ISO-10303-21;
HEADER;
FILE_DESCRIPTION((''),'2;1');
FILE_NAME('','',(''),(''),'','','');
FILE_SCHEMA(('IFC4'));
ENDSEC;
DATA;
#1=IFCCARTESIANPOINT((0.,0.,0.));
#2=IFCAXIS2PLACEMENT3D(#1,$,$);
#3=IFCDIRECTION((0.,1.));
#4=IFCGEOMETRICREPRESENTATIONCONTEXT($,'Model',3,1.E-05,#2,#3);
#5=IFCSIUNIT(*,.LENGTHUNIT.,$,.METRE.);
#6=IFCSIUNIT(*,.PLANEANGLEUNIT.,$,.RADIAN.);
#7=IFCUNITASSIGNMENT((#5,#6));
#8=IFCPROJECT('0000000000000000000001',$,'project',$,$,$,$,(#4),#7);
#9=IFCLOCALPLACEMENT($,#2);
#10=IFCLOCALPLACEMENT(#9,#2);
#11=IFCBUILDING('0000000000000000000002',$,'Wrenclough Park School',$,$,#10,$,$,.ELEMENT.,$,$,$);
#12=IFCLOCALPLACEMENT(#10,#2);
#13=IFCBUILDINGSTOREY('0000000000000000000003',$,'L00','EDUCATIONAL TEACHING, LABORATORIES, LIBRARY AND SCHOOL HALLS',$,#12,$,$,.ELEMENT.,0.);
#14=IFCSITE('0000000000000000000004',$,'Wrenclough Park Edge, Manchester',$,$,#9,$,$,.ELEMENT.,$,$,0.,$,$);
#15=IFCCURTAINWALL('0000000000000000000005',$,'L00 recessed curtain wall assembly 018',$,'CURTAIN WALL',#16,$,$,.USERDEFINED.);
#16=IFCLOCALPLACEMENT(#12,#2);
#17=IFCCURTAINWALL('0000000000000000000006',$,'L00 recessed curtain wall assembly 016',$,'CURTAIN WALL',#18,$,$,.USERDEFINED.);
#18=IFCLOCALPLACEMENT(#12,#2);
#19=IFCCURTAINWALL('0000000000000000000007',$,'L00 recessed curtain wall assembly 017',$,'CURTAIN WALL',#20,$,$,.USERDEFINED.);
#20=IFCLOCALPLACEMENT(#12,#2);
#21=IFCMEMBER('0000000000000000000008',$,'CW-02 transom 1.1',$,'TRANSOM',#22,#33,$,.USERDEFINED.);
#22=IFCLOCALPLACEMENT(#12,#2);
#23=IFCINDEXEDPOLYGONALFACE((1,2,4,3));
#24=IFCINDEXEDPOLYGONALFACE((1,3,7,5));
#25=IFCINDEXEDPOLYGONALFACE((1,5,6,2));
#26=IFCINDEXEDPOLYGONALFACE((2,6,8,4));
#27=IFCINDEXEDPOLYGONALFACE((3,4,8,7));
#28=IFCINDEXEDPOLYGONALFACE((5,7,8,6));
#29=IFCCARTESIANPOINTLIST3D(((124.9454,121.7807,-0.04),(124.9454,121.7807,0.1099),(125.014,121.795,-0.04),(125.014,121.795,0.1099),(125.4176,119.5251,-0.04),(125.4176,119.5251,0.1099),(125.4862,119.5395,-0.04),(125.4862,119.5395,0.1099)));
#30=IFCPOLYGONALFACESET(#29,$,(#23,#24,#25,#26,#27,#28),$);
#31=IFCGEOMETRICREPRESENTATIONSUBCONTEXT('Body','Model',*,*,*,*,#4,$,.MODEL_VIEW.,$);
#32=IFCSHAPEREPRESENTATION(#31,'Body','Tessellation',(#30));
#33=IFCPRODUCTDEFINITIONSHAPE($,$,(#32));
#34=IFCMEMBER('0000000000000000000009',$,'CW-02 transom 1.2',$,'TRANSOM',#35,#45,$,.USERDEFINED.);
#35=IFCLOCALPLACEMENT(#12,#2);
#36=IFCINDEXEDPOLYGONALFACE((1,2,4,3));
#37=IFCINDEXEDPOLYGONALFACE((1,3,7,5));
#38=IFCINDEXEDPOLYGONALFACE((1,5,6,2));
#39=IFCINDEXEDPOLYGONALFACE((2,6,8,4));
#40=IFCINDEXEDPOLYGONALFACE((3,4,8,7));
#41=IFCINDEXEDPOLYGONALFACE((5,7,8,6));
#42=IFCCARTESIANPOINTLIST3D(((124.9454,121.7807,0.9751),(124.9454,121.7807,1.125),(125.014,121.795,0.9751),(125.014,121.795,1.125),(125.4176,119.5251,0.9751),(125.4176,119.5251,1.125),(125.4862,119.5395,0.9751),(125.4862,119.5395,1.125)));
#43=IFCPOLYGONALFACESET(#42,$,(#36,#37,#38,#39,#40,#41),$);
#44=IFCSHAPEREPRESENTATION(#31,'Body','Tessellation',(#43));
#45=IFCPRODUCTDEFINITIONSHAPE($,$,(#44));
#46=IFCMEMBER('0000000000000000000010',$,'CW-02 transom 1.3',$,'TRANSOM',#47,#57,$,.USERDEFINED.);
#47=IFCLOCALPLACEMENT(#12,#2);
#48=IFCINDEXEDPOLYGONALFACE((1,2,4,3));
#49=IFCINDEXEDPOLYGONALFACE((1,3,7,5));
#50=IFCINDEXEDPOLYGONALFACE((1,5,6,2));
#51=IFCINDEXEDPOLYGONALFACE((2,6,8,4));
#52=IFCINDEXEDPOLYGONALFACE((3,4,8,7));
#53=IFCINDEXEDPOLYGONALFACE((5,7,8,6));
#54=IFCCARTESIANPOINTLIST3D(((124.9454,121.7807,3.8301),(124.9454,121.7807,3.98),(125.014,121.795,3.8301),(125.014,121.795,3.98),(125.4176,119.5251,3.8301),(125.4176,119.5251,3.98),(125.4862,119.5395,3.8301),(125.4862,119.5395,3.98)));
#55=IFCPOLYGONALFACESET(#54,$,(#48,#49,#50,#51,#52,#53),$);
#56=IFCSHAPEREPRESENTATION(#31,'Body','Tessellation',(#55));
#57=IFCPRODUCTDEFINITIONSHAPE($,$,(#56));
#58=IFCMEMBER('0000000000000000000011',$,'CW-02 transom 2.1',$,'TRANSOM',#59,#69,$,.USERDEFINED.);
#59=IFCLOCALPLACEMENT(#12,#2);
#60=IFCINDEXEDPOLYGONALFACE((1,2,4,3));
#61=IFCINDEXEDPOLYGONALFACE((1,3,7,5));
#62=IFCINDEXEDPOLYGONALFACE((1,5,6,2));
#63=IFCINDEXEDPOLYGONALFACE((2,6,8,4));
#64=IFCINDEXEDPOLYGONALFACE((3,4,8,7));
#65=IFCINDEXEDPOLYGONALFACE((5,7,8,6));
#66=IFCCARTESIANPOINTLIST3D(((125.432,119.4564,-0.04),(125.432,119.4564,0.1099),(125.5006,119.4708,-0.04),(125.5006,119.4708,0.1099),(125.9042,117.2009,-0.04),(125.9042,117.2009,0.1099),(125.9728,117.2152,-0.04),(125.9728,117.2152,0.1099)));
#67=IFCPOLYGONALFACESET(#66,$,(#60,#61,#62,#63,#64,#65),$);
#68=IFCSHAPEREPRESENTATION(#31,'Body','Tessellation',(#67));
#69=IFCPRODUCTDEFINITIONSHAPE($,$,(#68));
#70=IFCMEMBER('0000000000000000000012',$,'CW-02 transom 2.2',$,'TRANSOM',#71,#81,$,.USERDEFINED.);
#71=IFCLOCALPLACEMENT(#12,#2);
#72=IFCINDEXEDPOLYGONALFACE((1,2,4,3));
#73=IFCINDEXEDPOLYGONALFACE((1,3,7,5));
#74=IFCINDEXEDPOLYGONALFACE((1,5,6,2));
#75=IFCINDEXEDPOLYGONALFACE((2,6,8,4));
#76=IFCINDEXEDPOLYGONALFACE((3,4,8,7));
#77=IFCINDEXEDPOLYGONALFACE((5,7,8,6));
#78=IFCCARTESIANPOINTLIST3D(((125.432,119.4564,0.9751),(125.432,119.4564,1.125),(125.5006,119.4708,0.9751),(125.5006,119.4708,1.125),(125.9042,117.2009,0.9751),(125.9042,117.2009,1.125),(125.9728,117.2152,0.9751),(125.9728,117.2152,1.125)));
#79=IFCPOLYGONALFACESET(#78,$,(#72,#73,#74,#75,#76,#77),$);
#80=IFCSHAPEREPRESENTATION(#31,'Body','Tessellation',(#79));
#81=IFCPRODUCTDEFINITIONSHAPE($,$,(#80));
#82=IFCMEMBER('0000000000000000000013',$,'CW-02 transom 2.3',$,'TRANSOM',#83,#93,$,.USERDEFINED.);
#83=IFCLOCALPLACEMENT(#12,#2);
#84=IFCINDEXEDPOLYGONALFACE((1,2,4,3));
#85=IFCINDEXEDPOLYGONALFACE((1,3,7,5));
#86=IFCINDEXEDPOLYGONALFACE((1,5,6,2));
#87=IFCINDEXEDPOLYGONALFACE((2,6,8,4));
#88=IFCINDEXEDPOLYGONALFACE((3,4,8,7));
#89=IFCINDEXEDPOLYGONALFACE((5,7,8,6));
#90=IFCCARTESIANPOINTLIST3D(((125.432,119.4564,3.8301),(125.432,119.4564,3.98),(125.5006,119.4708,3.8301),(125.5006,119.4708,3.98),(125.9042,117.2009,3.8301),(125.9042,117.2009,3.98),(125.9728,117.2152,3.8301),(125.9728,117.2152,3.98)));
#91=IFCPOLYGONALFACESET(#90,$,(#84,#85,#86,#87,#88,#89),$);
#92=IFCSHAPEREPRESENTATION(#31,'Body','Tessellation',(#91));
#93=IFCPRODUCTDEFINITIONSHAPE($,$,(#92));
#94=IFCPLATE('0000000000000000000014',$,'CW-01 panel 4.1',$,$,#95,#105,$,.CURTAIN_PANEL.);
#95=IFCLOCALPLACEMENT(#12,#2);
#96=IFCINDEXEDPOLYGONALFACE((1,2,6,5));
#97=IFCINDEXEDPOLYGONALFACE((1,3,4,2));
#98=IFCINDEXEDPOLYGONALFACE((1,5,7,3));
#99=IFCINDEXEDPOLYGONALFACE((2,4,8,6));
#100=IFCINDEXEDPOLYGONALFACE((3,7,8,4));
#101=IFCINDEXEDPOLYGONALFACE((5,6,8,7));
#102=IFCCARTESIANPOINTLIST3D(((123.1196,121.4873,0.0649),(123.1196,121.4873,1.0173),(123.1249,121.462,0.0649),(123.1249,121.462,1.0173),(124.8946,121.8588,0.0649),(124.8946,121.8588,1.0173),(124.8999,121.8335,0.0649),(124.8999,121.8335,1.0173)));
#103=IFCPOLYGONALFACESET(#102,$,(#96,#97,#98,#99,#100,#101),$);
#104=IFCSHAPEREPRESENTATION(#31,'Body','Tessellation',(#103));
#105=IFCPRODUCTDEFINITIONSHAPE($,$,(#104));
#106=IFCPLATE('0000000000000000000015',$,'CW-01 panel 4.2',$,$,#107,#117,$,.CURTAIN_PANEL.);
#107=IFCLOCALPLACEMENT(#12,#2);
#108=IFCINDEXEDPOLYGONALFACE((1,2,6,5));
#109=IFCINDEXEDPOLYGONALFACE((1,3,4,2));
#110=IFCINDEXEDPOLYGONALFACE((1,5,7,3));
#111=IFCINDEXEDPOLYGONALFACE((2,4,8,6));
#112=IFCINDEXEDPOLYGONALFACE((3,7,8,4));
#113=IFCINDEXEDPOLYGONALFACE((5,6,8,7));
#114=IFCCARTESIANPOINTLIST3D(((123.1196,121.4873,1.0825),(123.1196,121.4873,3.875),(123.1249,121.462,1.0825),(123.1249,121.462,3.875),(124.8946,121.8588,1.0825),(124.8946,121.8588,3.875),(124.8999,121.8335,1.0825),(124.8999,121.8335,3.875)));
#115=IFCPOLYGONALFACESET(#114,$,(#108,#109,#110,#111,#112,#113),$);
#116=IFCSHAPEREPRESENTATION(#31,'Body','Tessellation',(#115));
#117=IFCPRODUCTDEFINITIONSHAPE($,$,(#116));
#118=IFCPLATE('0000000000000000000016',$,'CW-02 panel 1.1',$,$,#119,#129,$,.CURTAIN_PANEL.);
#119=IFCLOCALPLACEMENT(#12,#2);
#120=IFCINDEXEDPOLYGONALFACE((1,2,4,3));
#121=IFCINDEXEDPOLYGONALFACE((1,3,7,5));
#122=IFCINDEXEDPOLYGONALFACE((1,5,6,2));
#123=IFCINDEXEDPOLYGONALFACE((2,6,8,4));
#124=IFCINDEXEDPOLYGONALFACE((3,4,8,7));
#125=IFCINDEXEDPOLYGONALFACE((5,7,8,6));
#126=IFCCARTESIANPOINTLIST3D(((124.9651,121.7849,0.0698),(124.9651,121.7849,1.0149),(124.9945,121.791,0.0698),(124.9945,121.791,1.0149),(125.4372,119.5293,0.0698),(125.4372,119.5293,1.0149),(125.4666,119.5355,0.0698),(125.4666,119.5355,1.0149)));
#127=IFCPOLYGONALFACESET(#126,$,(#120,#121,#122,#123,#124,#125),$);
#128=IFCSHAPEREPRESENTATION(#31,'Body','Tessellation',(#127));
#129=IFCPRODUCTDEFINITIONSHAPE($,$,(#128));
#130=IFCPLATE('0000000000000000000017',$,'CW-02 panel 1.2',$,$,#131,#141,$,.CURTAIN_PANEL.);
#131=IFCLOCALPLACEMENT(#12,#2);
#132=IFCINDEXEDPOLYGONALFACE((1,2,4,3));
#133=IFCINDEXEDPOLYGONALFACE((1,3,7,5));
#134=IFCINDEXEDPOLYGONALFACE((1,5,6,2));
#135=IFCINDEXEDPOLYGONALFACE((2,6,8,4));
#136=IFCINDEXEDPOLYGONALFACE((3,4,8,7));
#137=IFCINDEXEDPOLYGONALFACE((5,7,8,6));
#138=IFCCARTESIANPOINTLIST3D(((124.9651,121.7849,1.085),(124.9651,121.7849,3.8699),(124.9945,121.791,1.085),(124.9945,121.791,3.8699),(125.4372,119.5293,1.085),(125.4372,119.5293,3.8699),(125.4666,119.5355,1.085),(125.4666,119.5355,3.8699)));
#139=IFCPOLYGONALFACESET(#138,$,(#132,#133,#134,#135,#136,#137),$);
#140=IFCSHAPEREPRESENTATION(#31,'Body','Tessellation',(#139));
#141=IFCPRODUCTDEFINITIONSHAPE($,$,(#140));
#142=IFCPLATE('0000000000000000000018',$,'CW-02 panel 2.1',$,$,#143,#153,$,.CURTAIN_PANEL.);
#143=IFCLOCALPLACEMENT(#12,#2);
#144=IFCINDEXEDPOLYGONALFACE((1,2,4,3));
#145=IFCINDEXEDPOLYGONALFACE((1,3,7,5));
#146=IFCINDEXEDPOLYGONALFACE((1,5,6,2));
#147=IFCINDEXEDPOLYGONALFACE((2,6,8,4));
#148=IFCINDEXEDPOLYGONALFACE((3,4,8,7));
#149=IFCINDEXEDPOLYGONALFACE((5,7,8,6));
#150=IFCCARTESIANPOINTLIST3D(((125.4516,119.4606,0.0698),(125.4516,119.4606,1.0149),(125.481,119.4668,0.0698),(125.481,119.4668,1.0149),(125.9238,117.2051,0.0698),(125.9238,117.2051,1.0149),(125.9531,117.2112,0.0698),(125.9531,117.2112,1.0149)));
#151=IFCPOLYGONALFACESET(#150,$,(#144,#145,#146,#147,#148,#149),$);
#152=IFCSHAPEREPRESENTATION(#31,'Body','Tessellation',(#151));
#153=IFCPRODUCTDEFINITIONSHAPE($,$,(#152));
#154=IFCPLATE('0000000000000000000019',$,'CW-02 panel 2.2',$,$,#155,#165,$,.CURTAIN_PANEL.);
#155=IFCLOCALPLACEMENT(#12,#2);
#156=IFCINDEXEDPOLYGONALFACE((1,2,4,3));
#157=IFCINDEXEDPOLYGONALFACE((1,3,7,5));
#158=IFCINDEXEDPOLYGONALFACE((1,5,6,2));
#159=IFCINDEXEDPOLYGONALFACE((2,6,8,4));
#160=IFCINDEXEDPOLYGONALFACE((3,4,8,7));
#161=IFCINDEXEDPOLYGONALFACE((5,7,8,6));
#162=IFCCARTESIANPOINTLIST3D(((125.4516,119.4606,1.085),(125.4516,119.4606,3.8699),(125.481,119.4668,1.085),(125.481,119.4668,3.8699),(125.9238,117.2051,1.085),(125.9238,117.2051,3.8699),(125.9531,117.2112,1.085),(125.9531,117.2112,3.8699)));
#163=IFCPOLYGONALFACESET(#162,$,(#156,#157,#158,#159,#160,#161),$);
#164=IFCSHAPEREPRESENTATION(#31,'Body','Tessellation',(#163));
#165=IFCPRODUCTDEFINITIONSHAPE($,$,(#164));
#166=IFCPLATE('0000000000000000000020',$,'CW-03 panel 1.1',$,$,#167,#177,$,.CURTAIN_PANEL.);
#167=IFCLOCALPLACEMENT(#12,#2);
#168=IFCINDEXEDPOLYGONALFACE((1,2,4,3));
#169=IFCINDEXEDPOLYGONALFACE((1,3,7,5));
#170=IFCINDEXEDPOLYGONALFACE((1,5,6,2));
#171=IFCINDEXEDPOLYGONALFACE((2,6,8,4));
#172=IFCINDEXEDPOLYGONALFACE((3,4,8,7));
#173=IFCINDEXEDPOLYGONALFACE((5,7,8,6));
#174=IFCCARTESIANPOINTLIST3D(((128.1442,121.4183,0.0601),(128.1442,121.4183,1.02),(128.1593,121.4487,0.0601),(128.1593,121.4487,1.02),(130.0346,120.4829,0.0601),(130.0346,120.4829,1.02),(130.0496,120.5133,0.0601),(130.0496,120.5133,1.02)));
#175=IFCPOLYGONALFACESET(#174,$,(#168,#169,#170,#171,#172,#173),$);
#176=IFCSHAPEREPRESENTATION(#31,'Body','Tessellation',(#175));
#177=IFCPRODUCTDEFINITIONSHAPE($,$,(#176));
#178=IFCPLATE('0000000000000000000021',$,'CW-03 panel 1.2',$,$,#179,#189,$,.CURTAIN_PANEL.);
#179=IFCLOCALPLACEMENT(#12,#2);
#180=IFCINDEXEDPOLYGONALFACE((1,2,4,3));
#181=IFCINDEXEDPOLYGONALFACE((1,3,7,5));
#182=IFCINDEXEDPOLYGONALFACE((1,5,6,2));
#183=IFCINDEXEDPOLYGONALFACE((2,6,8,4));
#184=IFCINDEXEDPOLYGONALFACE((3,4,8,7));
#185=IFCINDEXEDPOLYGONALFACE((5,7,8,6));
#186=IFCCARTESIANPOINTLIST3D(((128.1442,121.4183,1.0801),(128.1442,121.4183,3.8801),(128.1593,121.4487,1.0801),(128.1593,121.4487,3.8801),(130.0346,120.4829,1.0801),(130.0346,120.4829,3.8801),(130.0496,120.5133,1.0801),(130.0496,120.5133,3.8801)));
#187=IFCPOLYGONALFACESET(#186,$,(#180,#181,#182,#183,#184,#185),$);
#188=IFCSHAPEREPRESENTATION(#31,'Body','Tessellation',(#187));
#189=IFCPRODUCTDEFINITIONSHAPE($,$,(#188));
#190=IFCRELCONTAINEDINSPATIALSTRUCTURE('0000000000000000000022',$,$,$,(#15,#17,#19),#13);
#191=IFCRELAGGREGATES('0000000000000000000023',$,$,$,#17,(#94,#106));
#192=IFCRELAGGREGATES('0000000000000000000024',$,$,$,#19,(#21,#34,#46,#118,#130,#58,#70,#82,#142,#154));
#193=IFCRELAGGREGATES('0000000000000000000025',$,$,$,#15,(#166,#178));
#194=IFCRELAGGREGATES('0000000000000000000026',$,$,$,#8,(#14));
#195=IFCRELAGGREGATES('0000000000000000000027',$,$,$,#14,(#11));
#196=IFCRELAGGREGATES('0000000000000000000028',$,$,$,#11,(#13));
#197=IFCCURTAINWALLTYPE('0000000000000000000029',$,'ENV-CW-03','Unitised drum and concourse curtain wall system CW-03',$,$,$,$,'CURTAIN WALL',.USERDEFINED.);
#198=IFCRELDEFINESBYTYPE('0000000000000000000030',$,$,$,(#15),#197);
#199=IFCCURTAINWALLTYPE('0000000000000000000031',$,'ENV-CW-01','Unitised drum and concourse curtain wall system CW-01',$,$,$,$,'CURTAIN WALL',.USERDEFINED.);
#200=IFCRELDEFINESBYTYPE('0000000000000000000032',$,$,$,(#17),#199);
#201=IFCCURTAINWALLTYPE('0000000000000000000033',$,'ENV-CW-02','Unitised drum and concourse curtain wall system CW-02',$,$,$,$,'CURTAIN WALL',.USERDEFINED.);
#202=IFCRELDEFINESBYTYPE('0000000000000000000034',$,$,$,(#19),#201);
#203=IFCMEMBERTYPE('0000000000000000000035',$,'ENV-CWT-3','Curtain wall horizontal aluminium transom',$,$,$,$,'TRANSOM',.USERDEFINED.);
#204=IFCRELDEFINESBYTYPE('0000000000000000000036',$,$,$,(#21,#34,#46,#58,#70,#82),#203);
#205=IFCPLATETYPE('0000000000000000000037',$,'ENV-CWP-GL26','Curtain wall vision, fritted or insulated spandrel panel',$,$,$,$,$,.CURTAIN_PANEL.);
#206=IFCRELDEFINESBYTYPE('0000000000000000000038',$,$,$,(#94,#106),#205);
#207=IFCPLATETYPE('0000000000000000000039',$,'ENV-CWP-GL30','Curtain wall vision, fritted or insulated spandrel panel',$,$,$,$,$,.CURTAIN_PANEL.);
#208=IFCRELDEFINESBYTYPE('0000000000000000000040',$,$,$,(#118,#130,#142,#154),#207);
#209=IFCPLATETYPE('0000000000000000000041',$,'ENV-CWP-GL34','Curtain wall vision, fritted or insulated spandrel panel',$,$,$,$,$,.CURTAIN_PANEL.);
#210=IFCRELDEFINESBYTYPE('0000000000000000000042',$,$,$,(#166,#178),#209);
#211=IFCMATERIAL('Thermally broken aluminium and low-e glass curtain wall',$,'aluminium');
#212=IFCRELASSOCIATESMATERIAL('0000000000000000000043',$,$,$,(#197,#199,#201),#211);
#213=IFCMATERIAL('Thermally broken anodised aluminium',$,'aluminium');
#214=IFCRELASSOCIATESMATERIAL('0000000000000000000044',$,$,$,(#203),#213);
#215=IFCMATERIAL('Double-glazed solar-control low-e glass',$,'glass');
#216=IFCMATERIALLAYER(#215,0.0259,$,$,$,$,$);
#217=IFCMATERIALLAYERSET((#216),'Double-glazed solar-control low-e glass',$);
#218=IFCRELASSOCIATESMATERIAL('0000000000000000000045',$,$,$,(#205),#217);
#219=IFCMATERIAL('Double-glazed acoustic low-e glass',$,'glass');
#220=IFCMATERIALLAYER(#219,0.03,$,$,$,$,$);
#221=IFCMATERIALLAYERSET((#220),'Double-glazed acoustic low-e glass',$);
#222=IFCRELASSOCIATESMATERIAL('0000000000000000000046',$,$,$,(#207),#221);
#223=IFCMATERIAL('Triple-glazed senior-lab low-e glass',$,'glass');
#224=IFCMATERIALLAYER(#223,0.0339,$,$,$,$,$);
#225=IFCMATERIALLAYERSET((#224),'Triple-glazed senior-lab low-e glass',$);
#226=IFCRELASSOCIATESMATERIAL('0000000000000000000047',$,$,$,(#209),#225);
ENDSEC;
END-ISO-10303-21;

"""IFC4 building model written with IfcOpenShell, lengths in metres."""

from ifc_helpers import new_model, si_unit, direction, frame, origin, origin_2d, place, context, subcontext, project, spatial, rectangle, extrude, material, layer, layer_set, material_profile, profile_set, type_object, element, aggregate, save


model = new_model("IFC4")

# Units and contexts
model_context = context("Model", 3, precision=1e-05, world=origin(), true_north=direction((0.0, 1.0)))
body_context = subcontext(model_context, "Body", "Model", "MODEL_VIEW")
ifc_project = project(units=[si_unit("LENGTHUNIT", "METRE"), si_unit("PLANEANGLEUNIT", "RADIAN")], contexts=[model_context])

# Site, building, storey
site_placement = place(None, origin())
site = spatial("IfcSite", under=ifc_project, at=site_placement, Name="Wrenclough Park Edge, Manchester", CompositionType="ELEMENT", RefElevation=0.0)
building_placement = place(site_placement, origin())
building = spatial("IfcBuilding", under=site, at=building_placement, Name="Wrenclough Park School", CompositionType="ELEMENT")
storey_placement = place(building_placement, origin())
storey = spatial("IfcBuildingStorey", under=building, at=storey_placement, Name="L00", Description="EDUCATIONAL TEACHING, LABORATORIES, LIBRARY AND SCHOOL HALLS", CompositionType="ELEMENT", Elevation=0.0)

# Curtain wall
ifc_material_1 = material(Name="Thermally broken aluminium and low-e glass curtain wall", Category="aluminium")
curtain_wall_type_1 = type_object("IfcCurtainWallType", Name="ENV-CW-03", Description="Unitised drum and concourse curtain wall system CW-03", ElementType="CURTAIN WALL", PredefinedType="USERDEFINED", material=ifc_material_1)
curtain_wall_1_placement = place(storey_placement, origin())
curtain_wall_1 = element("IfcCurtainWall", 1, at=curtain_wall_1_placement, inside=storey, type_object=curtain_wall_type_1, Name="L00 recessed curtain wall assembly 018", ObjectType="CURTAIN WALL", PredefinedType="USERDEFINED")
ifc_material_2 = material(Name="Thermally broken anodised aluminium", Category="aluminium")

# Curtain wall
curtain_wall_type_2 = type_object("IfcCurtainWallType", Name="ENV-CW-01", Description="Unitised drum and concourse curtain wall system CW-01", ElementType="CURTAIN WALL", PredefinedType="USERDEFINED", material=ifc_material_1)
curtain_wall_2_placement = place(storey_placement, origin())
curtain_wall_2 = element("IfcCurtainWall", 2, at=curtain_wall_2_placement, inside=storey, type_object=curtain_wall_type_2, Name="L00 recessed curtain wall assembly 016", ObjectType="CURTAIN WALL", PredefinedType="USERDEFINED")

# Curtain wall
curtain_wall_type_3 = type_object("IfcCurtainWallType", Name="ENV-CW-02", Description="Unitised drum and concourse curtain wall system CW-02", ElementType="CURTAIN WALL", PredefinedType="USERDEFINED", material=ifc_material_1)
curtain_wall_3_placement = place(storey_placement, origin())
curtain_wall_3 = element("IfcCurtainWall", 3, at=curtain_wall_3_placement, inside=storey, type_object=curtain_wall_type_3, Name="L00 recessed curtain wall assembly 017", ObjectType="CURTAIN WALL", PredefinedType="USERDEFINED")

# Members
ifc_material_profile_1 = material_profile(ifc_material_2, rectangle(XDim=0.0701, YDim=0.1499, at=origin_2d()), Name="AL TRANSOM 70x150")
ifc_profile_set_1 = profile_set([ifc_material_profile_1], Name="Thermally broken anodised aluminium")
member_type_1 = type_object("IfcMemberType", Name="ENV-CWT-3", Description="Curtain wall horizontal aluminium transom", ElementType="TRANSOM", PredefinedType="USERDEFINED", material=ifc_profile_set_1)
member_1_placement = place(storey_placement, frame((124.9797, 121.7878, 0.0349), z_axis=(0.204889, -0.978785, 0.0), x_axis=(0.978785, 0.204889, 0.0)))
member_1 = element("IfcMember", 4, at=member_1_placement, type_object=member_type_1, Name="CW-02 transom 1.1", ObjectType="TRANSOM", PredefinedType="USERDEFINED", context=body_context, shape_type="SweptSolid", body=[
    extrude(rectangle(XDim=0.0701, YDim=0.1499, at=origin_2d()), origin(), (0.0, 0.0, 1.0), 2.3044),
])
member_2_placement = place(storey_placement, frame((124.9797, 121.7878, 1.05), z_axis=(0.204889, -0.978785, 0.0), x_axis=(0.978785, 0.204889, 0.0)))
member_2 = element("IfcMember", 5, at=member_2_placement, type_object=member_type_1, Name="CW-02 transom 1.2", ObjectType="TRANSOM", PredefinedType="USERDEFINED", context=body_context, shape_type="SweptSolid", body=[
    extrude(rectangle(XDim=0.0701, YDim=0.1499, at=origin_2d()), origin(), (0.0, 0.0, 1.0), 2.3044),
])
member_3_placement = place(storey_placement, frame((124.9797, 121.7878, 3.905), z_axis=(0.204889, -0.978785, 0.0), x_axis=(0.978785, 0.204889, 0.0)))
member_3 = element("IfcMember", 6, at=member_3_placement, type_object=member_type_1, Name="CW-02 transom 1.3", ObjectType="TRANSOM", PredefinedType="USERDEFINED", context=body_context, shape_type="SweptSolid", body=[
    extrude(rectangle(XDim=0.0701, YDim=0.1499, at=origin_2d()), origin(), (0.0, 0.0, 1.0), 2.3044),
])
member_4_placement = place(storey_placement, frame((125.4663, 119.4636, 0.0349), z_axis=(0.204889, -0.978785, 0.0), x_axis=(0.978785, 0.204889, 0.0)))
member_4 = element("IfcMember", 7, at=member_4_placement, type_object=member_type_1, Name="CW-02 transom 2.1", ObjectType="TRANSOM", PredefinedType="USERDEFINED", context=body_context, shape_type="SweptSolid", body=[
    extrude(rectangle(XDim=0.0701, YDim=0.1499, at=origin_2d()), origin(), (0.0, 0.0, 1.0), 2.3044),
])
member_5_placement = place(storey_placement, frame((125.4663, 119.4636, 1.05), z_axis=(0.204889, -0.978785, 0.0), x_axis=(0.978785, 0.204889, 0.0)))
member_5 = element("IfcMember", 8, at=member_5_placement, type_object=member_type_1, Name="CW-02 transom 2.2", ObjectType="TRANSOM", PredefinedType="USERDEFINED", context=body_context, shape_type="SweptSolid", body=[
    extrude(rectangle(XDim=0.0701, YDim=0.1499, at=origin_2d()), origin(), (0.0, 0.0, 1.0), 2.3044),
])
member_6_placement = place(storey_placement, frame((125.4663, 119.4636, 3.905), z_axis=(0.204889, -0.978785, 0.0), x_axis=(0.978785, 0.204889, 0.0)))
member_6 = element("IfcMember", 9, at=member_6_placement, type_object=member_type_1, Name="CW-02 transom 2.3", ObjectType="TRANSOM", PredefinedType="USERDEFINED", context=body_context, shape_type="SweptSolid", body=[
    extrude(rectangle(XDim=0.0701, YDim=0.1499, at=origin_2d()), origin(), (0.0, 0.0, 1.0), 2.3044),
])

# Plates
ifc_material_3 = material(Name="Double-glazed solar-control low-e glass", Category="glass")
ifc_layer_1 = layer(ifc_material_3, 0.0259)
ifc_layer_set_1 = layer_set([ifc_layer_1], Name="Double-glazed solar-control low-e glass")
plate_type_1 = type_object("IfcPlateType", Name="ENV-CWP-GL26", Description="Curtain wall vision, fritted or insulated spandrel panel", PredefinedType="CURTAIN_PANEL", material=ifc_layer_set_1)
plate_1_placement = place(storey_placement, frame((124.0098, 121.6604, 0.0649), z_axis=(0.0, 0.0, 1.0), x_axis=(0.978789, 0.204871, 0.0)))
plate_1 = element("IfcPlate", 10, at=plate_1_placement, type_object=plate_type_1, Name="CW-01 panel 4.1", PredefinedType="CURTAIN_PANEL", context=body_context, shape_type="SweptSolid", body=[
    extrude(rectangle(XDim=1.8135, YDim=0.0259, at=origin_2d()), origin(), (0.0, 0.0, 1.0), 0.9524),
])
plate_2_placement = place(storey_placement, frame((124.0098, 121.6604, 1.0825), z_axis=(0.0, 0.0, 1.0), x_axis=(0.978789, 0.204871, 0.0)))
plate_2 = element("IfcPlate", 11, at=plate_2_placement, type_object=plate_type_1, Name="CW-01 panel 4.2", PredefinedType="CURTAIN_PANEL", context=body_context, shape_type="SweptSolid", body=[
    extrude(rectangle(XDim=1.8135, YDim=0.0259, at=origin_2d()), origin(), (0.0, 0.0, 1.0), 2.7925),
])
aggregate(curtain_wall_2, [plate_1, plate_2])
ifc_material_4 = material(Name="Double-glazed acoustic low-e glass", Category="glass")
ifc_layer_2 = layer(ifc_material_4, 0.03)
ifc_layer_set_2 = layer_set([ifc_layer_2], Name="Double-glazed acoustic low-e glass")
plate_type_2 = type_object("IfcPlateType", Name="ENV-CWP-GL30", Description="Curtain wall vision, fritted or insulated spandrel panel", PredefinedType="CURTAIN_PANEL", material=ifc_layer_set_2)
plate_3_placement = place(storey_placement, frame((125.2158, 120.6602, 0.0698), z_axis=(0.0, 0.0, 1.0), x_axis=(0.204871, -0.978789, 0.0)))
plate_3 = element("IfcPlate", 12, at=plate_3_placement, type_object=plate_type_2, Name="CW-02 panel 1.1", PredefinedType="CURTAIN_PANEL", context=body_context, shape_type="SweptSolid", body=[
    extrude(rectangle(XDim=2.3044, YDim=0.03, at=origin_2d()), origin(), (0.0, 0.0, 1.0), 0.9451),
])
plate_4_placement = place(storey_placement, frame((125.2158, 120.6602, 1.085), z_axis=(0.0, 0.0, 1.0), x_axis=(0.204871, -0.978789, 0.0)))
plate_4 = element("IfcPlate", 13, at=plate_4_placement, type_object=plate_type_2, Name="CW-02 panel 1.2", PredefinedType="CURTAIN_PANEL", context=body_context, shape_type="SweptSolid", body=[
    extrude(rectangle(XDim=2.3044, YDim=0.03, at=origin_2d()), origin(), (0.0, 0.0, 1.0), 2.7849),
])
plate_5_placement = place(storey_placement, frame((125.7024, 118.3359, 0.0698), z_axis=(0.0, 0.0, 1.0), x_axis=(0.204871, -0.978789, 0.0)))
plate_5 = element("IfcPlate", 14, at=plate_5_placement, type_object=plate_type_2, Name="CW-02 panel 2.1", PredefinedType="CURTAIN_PANEL", context=body_context, shape_type="SweptSolid", body=[
    extrude(rectangle(XDim=2.3044, YDim=0.03, at=origin_2d()), origin(), (0.0, 0.0, 1.0), 0.9451),
])
plate_6_placement = place(storey_placement, frame((125.7024, 118.3359, 1.085), z_axis=(0.0, 0.0, 1.0), x_axis=(0.204871, -0.978789, 0.0)))
plate_6 = element("IfcPlate", 15, at=plate_6_placement, type_object=plate_type_2, Name="CW-02 panel 2.2", PredefinedType="CURTAIN_PANEL", context=body_context, shape_type="SweptSolid", body=[
    extrude(rectangle(XDim=2.3044, YDim=0.03, at=origin_2d()), origin(), (0.0, 0.0, 1.0), 2.7849),
])
aggregate(curtain_wall_3, [member_1, member_2, member_3, plate_3, plate_4, member_4, member_5, member_6, plate_5, plate_6])
ifc_material_5 = material(Name="Triple-glazed senior-lab low-e glass", Category="glass")
ifc_layer_3 = layer(ifc_material_5, 0.0339)
ifc_layer_set_3 = layer_set([ifc_layer_3], Name="Triple-glazed senior-lab low-e glass")
plate_type_3 = type_object("IfcPlateType", Name="ENV-CWP-GL34", Description="Curtain wall vision, fritted or insulated spandrel panel", PredefinedType="CURTAIN_PANEL", material=ifc_layer_set_3)
plate_7_placement = place(storey_placement, frame((129.0969, 120.9658, 0.0601), z_axis=(0.0, 0.0, 1.0), x_axis=(0.896269, -0.443511, 0.0)))
plate_7 = element("IfcPlate", 16, at=plate_7_placement, type_object=plate_type_3, Name="CW-03 panel 1.1", PredefinedType="CURTAIN_PANEL", context=body_context, shape_type="SweptSolid", body=[
    extrude(rectangle(XDim=2.1091, YDim=0.0339, at=origin_2d()), origin(), (0.0, 0.0, 1.0), 0.96),
])
plate_8_placement = place(storey_placement, frame((129.0969, 120.9658, 1.0801), z_axis=(0.0, 0.0, 1.0), x_axis=(0.896269, -0.443511, 0.0)))
plate_8 = element("IfcPlate", 17, at=plate_8_placement, type_object=plate_type_3, Name="CW-03 panel 1.2", PredefinedType="CURTAIN_PANEL", context=body_context, shape_type="SweptSolid", body=[
    extrude(rectangle(XDim=2.1091, YDim=0.0339, at=origin_2d()), origin(), (0.0, 0.0, 1.0), 2.8),
])
aggregate(curtain_wall_1, [plate_7, plate_8])

save(model, "model.ifc")
